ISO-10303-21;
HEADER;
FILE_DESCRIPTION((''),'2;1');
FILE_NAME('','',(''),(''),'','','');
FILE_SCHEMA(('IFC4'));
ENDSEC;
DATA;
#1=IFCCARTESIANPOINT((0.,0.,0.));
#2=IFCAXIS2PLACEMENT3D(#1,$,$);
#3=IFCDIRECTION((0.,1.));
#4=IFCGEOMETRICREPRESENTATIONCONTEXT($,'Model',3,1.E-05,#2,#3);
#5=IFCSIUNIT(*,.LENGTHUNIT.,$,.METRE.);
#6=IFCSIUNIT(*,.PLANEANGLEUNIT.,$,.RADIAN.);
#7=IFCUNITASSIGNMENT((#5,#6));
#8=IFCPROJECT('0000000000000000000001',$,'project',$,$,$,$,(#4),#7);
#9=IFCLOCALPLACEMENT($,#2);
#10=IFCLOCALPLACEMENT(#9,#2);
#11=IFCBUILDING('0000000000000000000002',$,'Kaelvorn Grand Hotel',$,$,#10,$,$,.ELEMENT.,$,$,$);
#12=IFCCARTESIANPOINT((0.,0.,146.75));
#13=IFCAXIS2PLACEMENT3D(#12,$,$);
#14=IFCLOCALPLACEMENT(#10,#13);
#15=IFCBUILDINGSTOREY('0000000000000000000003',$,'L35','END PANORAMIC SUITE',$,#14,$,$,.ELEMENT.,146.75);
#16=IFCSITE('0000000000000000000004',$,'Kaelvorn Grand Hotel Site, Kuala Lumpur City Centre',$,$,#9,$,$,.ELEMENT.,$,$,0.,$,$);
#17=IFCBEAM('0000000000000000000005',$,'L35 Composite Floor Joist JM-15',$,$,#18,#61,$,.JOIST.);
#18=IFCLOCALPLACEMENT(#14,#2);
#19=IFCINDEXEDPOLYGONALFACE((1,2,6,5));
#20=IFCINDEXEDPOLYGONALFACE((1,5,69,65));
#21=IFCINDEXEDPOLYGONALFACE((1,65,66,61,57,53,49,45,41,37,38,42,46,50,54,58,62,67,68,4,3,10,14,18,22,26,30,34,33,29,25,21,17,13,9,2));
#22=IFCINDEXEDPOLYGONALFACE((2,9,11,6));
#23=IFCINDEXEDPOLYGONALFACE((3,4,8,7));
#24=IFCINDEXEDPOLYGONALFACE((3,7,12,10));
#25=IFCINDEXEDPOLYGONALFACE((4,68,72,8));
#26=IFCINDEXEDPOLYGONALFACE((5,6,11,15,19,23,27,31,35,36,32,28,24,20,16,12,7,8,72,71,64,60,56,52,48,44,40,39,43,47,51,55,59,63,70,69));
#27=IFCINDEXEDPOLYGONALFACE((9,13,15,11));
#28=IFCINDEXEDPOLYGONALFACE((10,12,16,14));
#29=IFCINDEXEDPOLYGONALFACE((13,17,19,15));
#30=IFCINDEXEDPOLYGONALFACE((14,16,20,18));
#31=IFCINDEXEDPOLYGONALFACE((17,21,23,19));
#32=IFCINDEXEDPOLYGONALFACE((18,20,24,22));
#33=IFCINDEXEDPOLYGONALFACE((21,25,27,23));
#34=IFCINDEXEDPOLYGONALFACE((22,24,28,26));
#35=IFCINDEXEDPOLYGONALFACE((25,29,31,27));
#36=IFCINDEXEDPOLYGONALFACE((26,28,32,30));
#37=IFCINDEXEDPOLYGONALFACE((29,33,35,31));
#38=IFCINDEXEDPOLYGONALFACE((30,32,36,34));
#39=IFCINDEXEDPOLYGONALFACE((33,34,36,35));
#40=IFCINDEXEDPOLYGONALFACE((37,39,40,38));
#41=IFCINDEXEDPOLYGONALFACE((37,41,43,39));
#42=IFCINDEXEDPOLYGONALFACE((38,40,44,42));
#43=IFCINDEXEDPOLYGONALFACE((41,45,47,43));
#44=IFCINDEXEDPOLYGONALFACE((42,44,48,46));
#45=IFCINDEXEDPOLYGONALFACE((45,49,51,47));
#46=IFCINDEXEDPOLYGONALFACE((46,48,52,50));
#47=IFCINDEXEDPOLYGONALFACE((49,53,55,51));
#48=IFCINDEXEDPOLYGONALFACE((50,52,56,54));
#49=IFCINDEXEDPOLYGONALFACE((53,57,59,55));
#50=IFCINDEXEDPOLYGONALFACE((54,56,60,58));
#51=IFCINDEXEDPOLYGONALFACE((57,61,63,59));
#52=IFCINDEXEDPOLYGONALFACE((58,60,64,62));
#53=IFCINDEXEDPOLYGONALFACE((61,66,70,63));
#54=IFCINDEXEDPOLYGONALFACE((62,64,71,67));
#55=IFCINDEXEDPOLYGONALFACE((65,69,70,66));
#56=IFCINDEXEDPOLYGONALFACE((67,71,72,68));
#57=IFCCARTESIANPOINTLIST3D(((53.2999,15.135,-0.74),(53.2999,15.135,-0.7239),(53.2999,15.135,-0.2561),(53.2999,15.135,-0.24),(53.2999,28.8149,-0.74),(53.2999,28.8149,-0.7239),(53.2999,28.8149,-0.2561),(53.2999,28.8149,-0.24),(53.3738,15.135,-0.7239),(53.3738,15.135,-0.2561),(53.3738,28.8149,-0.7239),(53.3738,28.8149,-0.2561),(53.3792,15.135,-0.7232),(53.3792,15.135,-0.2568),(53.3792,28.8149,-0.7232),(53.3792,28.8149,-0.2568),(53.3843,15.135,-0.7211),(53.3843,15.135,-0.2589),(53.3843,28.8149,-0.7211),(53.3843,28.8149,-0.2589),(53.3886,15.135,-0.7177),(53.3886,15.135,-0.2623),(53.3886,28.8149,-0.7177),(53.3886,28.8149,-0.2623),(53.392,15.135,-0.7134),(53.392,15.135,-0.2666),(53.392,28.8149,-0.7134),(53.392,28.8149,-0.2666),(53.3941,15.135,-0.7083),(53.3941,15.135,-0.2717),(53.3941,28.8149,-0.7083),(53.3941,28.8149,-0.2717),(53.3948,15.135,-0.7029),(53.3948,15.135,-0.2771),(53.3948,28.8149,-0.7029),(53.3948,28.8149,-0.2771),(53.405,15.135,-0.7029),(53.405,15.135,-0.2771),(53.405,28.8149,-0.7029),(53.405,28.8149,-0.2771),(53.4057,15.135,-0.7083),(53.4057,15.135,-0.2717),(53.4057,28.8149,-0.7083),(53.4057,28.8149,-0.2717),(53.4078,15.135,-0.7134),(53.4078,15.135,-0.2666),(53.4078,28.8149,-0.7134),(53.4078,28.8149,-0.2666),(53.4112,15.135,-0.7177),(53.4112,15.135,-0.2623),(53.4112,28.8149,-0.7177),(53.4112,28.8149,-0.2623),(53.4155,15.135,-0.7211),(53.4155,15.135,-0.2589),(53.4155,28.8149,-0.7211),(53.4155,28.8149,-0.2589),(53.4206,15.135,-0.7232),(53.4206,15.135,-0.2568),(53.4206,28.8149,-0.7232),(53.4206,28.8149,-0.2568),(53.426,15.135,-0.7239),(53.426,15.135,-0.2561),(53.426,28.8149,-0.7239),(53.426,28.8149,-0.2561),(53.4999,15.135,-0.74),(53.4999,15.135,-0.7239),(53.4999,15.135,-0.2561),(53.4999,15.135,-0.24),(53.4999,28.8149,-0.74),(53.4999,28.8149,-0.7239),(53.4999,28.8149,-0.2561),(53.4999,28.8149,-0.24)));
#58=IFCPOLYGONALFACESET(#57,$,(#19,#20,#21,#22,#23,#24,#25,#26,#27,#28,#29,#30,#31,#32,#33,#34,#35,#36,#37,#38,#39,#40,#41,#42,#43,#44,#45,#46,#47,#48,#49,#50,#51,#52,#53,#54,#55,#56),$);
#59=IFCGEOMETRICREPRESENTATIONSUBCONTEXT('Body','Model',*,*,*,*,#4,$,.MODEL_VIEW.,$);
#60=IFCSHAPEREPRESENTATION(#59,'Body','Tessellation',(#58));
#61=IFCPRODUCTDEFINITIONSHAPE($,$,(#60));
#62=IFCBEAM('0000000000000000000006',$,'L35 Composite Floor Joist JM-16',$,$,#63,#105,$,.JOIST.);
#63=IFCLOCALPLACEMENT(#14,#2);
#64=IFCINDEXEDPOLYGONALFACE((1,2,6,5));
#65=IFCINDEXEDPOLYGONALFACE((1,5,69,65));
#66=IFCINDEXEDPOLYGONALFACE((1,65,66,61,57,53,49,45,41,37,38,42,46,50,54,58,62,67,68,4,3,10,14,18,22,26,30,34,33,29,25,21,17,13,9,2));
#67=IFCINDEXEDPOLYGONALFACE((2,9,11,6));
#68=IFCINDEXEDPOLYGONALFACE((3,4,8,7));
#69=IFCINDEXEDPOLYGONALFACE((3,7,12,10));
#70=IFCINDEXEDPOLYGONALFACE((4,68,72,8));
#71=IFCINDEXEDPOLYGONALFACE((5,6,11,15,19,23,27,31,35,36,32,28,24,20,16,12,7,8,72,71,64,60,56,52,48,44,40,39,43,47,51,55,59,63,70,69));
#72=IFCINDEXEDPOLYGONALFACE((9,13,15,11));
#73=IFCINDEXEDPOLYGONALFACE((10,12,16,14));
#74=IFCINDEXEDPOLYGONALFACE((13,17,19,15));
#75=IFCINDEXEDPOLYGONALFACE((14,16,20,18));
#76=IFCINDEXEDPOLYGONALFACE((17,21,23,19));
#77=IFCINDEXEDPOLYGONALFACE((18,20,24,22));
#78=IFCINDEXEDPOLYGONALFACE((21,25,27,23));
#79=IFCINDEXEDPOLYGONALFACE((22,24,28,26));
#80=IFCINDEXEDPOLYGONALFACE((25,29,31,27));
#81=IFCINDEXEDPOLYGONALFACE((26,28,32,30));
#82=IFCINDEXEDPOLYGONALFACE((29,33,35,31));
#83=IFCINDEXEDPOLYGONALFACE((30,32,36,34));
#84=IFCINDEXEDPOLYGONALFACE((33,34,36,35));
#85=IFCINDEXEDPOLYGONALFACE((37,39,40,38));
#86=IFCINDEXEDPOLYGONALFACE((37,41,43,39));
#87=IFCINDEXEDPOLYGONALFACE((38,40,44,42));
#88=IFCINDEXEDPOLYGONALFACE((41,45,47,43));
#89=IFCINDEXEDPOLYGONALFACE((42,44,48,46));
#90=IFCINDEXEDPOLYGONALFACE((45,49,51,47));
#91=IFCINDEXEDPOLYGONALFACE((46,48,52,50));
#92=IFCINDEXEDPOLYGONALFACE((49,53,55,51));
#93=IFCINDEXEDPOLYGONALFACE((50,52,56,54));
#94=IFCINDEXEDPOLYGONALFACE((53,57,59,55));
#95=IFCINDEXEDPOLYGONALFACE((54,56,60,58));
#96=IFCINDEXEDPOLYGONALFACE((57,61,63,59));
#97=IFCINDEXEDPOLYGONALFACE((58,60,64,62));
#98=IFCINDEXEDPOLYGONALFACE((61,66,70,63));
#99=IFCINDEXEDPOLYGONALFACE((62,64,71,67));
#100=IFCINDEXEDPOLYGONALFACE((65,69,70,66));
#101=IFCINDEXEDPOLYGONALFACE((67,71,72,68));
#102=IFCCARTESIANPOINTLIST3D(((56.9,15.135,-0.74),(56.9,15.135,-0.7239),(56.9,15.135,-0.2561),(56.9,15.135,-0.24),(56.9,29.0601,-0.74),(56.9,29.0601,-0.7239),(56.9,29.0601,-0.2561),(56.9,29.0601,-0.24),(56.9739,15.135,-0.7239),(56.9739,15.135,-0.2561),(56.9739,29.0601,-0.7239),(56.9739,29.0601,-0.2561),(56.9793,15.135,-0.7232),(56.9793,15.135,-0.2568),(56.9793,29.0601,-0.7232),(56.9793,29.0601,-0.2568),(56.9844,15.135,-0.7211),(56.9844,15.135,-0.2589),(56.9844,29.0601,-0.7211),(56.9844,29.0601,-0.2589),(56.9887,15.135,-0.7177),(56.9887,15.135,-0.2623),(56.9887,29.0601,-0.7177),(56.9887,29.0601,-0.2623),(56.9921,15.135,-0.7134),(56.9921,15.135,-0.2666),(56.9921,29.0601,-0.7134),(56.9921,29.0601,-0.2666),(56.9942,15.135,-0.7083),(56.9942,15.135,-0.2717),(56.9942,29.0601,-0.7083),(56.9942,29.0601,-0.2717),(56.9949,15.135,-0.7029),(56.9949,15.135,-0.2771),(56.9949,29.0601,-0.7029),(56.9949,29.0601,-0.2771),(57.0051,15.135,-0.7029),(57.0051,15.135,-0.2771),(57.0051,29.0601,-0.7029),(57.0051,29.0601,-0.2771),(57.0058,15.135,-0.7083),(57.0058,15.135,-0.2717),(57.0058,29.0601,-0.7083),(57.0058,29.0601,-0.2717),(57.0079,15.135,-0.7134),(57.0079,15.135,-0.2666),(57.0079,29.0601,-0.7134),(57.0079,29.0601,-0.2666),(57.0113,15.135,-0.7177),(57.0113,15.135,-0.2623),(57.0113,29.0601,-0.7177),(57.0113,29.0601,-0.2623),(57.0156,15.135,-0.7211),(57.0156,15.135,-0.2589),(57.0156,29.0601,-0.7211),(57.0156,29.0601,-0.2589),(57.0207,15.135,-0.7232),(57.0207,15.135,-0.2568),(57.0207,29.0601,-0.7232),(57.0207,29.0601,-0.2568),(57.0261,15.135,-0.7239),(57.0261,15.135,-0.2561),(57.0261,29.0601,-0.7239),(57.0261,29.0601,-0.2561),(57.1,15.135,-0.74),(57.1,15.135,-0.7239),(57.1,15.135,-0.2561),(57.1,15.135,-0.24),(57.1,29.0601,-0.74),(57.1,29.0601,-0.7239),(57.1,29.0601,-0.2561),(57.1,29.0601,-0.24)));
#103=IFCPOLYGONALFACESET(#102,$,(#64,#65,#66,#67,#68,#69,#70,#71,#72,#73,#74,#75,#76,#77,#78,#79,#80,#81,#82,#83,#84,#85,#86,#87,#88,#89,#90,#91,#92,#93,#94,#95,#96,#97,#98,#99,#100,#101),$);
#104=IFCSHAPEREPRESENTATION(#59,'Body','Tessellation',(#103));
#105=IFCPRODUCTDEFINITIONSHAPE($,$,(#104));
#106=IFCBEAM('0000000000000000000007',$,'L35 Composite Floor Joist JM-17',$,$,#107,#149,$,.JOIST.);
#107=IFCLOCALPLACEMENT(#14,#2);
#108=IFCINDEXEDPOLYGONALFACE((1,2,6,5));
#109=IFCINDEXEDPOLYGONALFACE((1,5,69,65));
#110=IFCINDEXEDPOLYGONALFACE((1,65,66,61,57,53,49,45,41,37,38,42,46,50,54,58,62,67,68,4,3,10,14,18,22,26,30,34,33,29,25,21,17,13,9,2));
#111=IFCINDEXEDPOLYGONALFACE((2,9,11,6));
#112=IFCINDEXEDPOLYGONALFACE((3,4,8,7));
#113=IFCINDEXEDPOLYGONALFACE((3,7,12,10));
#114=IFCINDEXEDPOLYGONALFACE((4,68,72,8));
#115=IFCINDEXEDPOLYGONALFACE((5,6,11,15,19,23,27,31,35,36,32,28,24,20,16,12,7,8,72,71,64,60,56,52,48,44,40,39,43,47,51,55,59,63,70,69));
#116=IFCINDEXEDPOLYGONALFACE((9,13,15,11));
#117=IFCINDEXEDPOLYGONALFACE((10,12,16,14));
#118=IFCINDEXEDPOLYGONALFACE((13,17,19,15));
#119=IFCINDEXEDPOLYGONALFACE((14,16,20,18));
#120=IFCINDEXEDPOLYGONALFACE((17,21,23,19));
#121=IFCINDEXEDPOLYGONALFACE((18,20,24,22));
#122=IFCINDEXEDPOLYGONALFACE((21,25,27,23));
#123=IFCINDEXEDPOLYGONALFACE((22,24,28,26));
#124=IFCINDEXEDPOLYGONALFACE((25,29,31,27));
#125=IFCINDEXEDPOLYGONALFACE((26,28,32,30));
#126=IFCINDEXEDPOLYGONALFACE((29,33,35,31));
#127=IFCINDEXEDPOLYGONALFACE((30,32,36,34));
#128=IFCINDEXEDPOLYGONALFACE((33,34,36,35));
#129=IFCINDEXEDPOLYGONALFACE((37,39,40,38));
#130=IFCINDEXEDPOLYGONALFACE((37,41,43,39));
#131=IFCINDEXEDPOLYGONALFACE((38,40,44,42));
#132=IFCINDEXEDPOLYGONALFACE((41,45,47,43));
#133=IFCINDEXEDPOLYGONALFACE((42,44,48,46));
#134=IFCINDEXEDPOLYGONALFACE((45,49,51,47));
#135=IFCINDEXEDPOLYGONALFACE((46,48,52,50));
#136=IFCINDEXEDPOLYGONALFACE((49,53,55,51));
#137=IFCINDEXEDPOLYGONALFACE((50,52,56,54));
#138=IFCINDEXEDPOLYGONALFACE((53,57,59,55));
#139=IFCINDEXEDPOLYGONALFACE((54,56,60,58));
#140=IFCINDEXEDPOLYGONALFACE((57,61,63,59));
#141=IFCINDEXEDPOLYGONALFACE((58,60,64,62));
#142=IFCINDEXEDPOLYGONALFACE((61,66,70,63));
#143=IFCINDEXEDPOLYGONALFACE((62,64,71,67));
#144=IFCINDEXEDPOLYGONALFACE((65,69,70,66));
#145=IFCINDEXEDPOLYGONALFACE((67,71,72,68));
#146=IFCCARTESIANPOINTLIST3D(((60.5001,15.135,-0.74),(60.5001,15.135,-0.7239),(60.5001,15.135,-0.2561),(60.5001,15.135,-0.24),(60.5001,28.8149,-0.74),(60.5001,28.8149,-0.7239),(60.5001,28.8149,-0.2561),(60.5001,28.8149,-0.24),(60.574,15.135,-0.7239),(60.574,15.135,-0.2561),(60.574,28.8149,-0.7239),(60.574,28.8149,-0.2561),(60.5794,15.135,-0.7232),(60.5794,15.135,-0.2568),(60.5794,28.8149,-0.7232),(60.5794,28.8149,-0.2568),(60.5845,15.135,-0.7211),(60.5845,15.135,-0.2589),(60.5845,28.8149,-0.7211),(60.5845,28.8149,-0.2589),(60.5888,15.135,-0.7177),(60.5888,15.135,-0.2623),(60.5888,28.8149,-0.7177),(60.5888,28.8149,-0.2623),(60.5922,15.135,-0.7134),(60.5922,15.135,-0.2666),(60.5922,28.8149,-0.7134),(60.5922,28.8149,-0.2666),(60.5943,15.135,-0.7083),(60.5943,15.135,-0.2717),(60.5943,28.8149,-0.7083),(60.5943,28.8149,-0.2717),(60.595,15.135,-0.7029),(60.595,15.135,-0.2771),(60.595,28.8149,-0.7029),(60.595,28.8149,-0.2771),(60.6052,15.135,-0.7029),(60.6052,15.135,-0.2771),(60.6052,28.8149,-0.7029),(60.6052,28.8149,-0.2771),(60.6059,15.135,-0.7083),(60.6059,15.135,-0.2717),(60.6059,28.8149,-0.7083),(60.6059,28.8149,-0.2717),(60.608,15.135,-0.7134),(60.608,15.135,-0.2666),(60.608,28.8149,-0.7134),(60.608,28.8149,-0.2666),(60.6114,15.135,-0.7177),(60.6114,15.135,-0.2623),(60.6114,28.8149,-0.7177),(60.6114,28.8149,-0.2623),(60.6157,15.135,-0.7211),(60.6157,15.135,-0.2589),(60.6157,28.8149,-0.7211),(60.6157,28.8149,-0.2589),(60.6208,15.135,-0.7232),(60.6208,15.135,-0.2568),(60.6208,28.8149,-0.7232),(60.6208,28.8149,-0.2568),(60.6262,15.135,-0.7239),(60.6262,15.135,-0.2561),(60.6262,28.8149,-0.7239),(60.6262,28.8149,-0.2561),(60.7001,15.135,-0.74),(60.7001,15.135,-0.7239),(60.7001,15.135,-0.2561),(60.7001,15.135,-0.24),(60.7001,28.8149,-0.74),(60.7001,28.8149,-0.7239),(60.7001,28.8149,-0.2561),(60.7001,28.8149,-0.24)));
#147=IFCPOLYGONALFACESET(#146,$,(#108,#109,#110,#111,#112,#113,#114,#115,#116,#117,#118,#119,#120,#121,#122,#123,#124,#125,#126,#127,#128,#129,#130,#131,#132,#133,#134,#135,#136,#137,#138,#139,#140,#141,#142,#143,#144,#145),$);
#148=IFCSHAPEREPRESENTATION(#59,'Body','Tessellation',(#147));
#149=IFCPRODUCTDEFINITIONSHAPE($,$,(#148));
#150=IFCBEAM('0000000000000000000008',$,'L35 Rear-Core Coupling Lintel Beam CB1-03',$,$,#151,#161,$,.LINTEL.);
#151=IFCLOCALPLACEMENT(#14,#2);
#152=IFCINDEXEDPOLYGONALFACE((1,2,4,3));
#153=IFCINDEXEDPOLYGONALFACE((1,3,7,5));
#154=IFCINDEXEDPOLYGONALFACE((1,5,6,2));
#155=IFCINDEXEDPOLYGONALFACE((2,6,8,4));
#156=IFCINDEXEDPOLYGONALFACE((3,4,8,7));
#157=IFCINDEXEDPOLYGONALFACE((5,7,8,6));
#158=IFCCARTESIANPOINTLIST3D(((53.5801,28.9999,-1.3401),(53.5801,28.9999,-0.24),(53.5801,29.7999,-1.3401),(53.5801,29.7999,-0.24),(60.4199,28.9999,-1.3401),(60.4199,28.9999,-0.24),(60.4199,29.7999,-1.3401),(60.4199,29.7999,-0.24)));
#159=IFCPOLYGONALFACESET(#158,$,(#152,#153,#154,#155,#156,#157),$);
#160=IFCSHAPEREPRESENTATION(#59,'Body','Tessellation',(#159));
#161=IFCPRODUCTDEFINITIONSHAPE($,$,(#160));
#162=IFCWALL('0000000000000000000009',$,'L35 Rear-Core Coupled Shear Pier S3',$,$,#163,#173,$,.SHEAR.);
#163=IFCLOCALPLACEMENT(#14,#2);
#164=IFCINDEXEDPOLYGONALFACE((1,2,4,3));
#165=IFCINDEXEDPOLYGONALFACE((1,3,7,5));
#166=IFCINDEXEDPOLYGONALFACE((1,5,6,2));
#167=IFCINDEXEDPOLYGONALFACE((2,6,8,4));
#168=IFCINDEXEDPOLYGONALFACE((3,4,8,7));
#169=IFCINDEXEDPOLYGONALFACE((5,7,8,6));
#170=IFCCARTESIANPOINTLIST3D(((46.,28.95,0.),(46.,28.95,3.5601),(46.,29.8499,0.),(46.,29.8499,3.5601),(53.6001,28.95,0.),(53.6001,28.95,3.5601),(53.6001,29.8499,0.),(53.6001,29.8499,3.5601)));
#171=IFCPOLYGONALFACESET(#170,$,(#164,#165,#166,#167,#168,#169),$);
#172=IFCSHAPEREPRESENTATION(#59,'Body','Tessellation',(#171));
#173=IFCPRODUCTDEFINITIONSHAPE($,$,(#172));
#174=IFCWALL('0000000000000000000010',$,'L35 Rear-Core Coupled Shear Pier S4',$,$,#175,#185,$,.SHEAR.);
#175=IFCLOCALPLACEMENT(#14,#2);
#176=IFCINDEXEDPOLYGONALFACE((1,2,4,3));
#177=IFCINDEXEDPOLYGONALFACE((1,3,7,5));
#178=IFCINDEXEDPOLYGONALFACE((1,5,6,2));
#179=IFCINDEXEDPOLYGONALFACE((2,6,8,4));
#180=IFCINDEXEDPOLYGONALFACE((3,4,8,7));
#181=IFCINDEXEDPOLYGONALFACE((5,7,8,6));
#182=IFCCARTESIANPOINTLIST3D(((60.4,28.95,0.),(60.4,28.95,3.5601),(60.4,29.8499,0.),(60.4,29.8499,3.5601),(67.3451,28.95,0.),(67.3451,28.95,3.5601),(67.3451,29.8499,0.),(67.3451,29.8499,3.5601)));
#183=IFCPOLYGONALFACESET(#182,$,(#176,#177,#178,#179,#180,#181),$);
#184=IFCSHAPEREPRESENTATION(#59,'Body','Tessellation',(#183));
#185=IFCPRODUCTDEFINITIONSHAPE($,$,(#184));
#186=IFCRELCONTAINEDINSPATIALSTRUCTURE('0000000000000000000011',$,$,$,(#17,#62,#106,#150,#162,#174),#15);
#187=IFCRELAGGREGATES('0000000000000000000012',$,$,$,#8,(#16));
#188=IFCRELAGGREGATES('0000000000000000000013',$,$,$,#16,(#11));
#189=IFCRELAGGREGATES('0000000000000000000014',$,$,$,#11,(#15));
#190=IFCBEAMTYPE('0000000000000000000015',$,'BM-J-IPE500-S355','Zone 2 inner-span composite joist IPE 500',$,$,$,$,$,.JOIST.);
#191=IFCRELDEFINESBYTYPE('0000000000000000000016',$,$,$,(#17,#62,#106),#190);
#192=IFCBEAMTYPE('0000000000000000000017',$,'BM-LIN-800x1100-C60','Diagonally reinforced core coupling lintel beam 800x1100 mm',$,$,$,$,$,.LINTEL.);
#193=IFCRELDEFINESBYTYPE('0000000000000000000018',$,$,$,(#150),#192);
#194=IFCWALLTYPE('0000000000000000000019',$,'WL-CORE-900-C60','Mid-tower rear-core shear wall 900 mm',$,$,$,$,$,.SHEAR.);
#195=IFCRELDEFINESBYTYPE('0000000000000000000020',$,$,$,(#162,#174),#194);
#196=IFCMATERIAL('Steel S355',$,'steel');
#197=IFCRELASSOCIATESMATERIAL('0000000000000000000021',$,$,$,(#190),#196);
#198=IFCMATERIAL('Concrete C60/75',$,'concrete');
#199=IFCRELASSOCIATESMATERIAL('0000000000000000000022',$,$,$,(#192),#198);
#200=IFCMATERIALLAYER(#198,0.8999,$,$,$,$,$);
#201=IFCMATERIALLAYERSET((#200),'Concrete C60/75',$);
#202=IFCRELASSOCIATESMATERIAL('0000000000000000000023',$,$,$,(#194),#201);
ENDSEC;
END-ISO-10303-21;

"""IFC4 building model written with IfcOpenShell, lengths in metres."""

from ifc_helpers import new_model, si_unit, direction, frame, frame_2d, origin, origin_2d, place, context, subcontext, project, spatial, rectangle, i_section, extrude, material, layer, layer_set, material_profile, profile_set, type_object, element, save


model = new_model("IFC4")

# Units and contexts
model_context = context("Model", 3, precision=1e-05, world=origin(), true_north=direction((0.0, 1.0)))
body_context = subcontext(model_context, "Body", "Model", "MODEL_VIEW")
ifc_project = project(units=[si_unit("LENGTHUNIT", "METRE"), si_unit("PLANEANGLEUNIT", "RADIAN")], contexts=[model_context])

# Site, building, storey
site_placement = place(None, origin())
site = spatial("IfcSite", under=ifc_project, at=site_placement, Name="Kaelvorn Grand Hotel Site, Kuala Lumpur City Centre", CompositionType="ELEMENT", RefElevation=0.0)
building_placement = place(site_placement, origin())
building = spatial("IfcBuilding", under=site, at=building_placement, Name="Kaelvorn Grand Hotel", CompositionType="ELEMENT")
storey_placement = place(building_placement, frame((0.0, 0.0, 146.75)))
storey = spatial("IfcBuildingStorey", under=building, at=storey_placement, Name="L35", Description="END PANORAMIC SUITE", CompositionType="ELEMENT", Elevation=146.75)

# Shared definitions
ifc_material_1 = material(Name="Concrete C60/75", Category="concrete")

# Beams
ifc_material_2 = material(Name="Steel S355", Category="steel")
ifc_material_profile_1 = material_profile(ifc_material_2, i_section(OverallWidth=0.2, OverallDepth=0.5, WebThickness=0.0103, FlangeThickness=0.0161, FilletRadius=0.021, at=origin_2d()), Name="IPE 500")
ifc_profile_set_1 = profile_set([ifc_material_profile_1], Name="Steel S355")
beam_type_1 = type_object("IfcBeamType", Name="BM-J-IPE500-S355", Description="Zone 2 inner-span composite joist IPE 500", PredefinedType="JOIST", material=ifc_profile_set_1)
beam_1_placement = place(storey_placement, frame((53.3999, 15.135, -0.49), z_axis=(0.0, 1.0, 0.0), x_axis=(-1.0, 0.0, 0.0)))
element("IfcBeam", 1, at=beam_1_placement, inside=storey, type_object=beam_type_1, Name="L35 Composite Floor Joist JM-15", PredefinedType="JOIST", context=body_context, shape_type="SweptSolid", body=[
    extrude(i_section(OverallWidth=0.2, OverallDepth=0.5, WebThickness=0.0103, FlangeThickness=0.0161, FilletRadius=0.021, at=origin_2d()), origin(), (0.0, 0.0, 1.0), 13.6799),
])
beam_2_placement = place(storey_placement, frame((57.0, 15.135, -0.49), z_axis=(0.0, 1.0, 0.0), x_axis=(-1.0, 0.0, 0.0)))
element("IfcBeam", 2, at=beam_2_placement, inside=storey, type_object=beam_type_1, Name="L35 Composite Floor Joist JM-16", PredefinedType="JOIST", context=body_context, shape_type="SweptSolid", body=[
    extrude(i_section(OverallWidth=0.2, OverallDepth=0.5, WebThickness=0.0103, FlangeThickness=0.0161, FilletRadius=0.021, at=origin_2d()), origin(), (0.0, 0.0, 1.0), 13.925),
])
beam_3_placement = place(storey_placement, frame((60.6001, 15.135, -0.49), z_axis=(0.0, 1.0, 0.0), x_axis=(-1.0, 0.0, 0.0)))
element("IfcBeam", 3, at=beam_3_placement, inside=storey, type_object=beam_type_1, Name="L35 Composite Floor Joist JM-17", PredefinedType="JOIST", context=body_context, shape_type="SweptSolid", body=[
    extrude(i_section(OverallWidth=0.2, OverallDepth=0.5, WebThickness=0.0103, FlangeThickness=0.0161, FilletRadius=0.021, at=origin_2d()), origin(), (0.0, 0.0, 1.0), 13.6799),
])
ifc_material_profile_2 = material_profile(ifc_material_1, rectangle(XDim=0.8, YDim=1.1001, at=origin_2d()), Name="RC LINTEL 800x1100")
ifc_profile_set_2 = profile_set([ifc_material_profile_2], Name="Concrete C60/75")
beam_type_2 = type_object("IfcBeamType", Name="BM-LIN-800x1100-C60", Description="Diagonally reinforced core coupling lintel beam 800x1100 mm", PredefinedType="LINTEL", material=ifc_profile_set_2)
beam_4_placement = place(storey_placement, frame((53.5801, 29.3999, -0.79), z_axis=(1.0, 0.0, 0.0), x_axis=(0.0, 1.0, 0.0)))
element("IfcBeam", 4, at=beam_4_placement, inside=storey, type_object=beam_type_2, Name="L35 Rear-Core Coupling Lintel Beam CB1-03", PredefinedType="LINTEL", context=body_context, shape_type="SweptSolid", body=[
    extrude(rectangle(XDim=0.8, YDim=1.1001, at=origin_2d()), origin(), (0.0, 0.0, 1.0), 6.8398),
])

# Walls
ifc_layer_1 = layer(ifc_material_1, 0.8999)
ifc_layer_set_1 = layer_set([ifc_layer_1], Name="Concrete C60/75")
wall_type_1 = type_object("IfcWallType", Name="WL-CORE-900-C60", Description="Mid-tower rear-core shear wall 900 mm", PredefinedType="SHEAR", material=ifc_layer_set_1)
wall_1_placement = place(storey_placement, frame((46.0, 29.3999, 0.0), z_axis=(0.0, 0.0, 1.0), x_axis=(1.0, 0.0, 0.0)))
element("IfcWall", 5, at=wall_1_placement, inside=storey, type_object=wall_type_1, Name="L35 Rear-Core Coupled Shear Pier S3", PredefinedType="SHEAR", context=body_context, shape_type="SweptSolid", body=[
    extrude(rectangle(XDim=7.6001, YDim=0.8999, at=frame_2d((3.8, 0.0))), origin(), (0.0, 0.0, 1.0), 3.5601),
])
wall_2_placement = place(storey_placement, frame((60.3999, 29.3999, 0.0), z_axis=(0.0, 0.0, 1.0), x_axis=(1.0, 0.0, 0.0)))
element("IfcWall", 6, at=wall_2_placement, inside=storey, type_object=wall_type_1, Name="L35 Rear-Core Coupled Shear Pier S4", PredefinedType="SHEAR", context=body_context, shape_type="SweptSolid", body=[
    extrude(rectangle(XDim=6.9451, YDim=0.8999, at=frame_2d((3.4727, 0.0))), origin(), (0.0, 0.0, 1.0), 3.5601),
])

save(model, "model.ifc")
